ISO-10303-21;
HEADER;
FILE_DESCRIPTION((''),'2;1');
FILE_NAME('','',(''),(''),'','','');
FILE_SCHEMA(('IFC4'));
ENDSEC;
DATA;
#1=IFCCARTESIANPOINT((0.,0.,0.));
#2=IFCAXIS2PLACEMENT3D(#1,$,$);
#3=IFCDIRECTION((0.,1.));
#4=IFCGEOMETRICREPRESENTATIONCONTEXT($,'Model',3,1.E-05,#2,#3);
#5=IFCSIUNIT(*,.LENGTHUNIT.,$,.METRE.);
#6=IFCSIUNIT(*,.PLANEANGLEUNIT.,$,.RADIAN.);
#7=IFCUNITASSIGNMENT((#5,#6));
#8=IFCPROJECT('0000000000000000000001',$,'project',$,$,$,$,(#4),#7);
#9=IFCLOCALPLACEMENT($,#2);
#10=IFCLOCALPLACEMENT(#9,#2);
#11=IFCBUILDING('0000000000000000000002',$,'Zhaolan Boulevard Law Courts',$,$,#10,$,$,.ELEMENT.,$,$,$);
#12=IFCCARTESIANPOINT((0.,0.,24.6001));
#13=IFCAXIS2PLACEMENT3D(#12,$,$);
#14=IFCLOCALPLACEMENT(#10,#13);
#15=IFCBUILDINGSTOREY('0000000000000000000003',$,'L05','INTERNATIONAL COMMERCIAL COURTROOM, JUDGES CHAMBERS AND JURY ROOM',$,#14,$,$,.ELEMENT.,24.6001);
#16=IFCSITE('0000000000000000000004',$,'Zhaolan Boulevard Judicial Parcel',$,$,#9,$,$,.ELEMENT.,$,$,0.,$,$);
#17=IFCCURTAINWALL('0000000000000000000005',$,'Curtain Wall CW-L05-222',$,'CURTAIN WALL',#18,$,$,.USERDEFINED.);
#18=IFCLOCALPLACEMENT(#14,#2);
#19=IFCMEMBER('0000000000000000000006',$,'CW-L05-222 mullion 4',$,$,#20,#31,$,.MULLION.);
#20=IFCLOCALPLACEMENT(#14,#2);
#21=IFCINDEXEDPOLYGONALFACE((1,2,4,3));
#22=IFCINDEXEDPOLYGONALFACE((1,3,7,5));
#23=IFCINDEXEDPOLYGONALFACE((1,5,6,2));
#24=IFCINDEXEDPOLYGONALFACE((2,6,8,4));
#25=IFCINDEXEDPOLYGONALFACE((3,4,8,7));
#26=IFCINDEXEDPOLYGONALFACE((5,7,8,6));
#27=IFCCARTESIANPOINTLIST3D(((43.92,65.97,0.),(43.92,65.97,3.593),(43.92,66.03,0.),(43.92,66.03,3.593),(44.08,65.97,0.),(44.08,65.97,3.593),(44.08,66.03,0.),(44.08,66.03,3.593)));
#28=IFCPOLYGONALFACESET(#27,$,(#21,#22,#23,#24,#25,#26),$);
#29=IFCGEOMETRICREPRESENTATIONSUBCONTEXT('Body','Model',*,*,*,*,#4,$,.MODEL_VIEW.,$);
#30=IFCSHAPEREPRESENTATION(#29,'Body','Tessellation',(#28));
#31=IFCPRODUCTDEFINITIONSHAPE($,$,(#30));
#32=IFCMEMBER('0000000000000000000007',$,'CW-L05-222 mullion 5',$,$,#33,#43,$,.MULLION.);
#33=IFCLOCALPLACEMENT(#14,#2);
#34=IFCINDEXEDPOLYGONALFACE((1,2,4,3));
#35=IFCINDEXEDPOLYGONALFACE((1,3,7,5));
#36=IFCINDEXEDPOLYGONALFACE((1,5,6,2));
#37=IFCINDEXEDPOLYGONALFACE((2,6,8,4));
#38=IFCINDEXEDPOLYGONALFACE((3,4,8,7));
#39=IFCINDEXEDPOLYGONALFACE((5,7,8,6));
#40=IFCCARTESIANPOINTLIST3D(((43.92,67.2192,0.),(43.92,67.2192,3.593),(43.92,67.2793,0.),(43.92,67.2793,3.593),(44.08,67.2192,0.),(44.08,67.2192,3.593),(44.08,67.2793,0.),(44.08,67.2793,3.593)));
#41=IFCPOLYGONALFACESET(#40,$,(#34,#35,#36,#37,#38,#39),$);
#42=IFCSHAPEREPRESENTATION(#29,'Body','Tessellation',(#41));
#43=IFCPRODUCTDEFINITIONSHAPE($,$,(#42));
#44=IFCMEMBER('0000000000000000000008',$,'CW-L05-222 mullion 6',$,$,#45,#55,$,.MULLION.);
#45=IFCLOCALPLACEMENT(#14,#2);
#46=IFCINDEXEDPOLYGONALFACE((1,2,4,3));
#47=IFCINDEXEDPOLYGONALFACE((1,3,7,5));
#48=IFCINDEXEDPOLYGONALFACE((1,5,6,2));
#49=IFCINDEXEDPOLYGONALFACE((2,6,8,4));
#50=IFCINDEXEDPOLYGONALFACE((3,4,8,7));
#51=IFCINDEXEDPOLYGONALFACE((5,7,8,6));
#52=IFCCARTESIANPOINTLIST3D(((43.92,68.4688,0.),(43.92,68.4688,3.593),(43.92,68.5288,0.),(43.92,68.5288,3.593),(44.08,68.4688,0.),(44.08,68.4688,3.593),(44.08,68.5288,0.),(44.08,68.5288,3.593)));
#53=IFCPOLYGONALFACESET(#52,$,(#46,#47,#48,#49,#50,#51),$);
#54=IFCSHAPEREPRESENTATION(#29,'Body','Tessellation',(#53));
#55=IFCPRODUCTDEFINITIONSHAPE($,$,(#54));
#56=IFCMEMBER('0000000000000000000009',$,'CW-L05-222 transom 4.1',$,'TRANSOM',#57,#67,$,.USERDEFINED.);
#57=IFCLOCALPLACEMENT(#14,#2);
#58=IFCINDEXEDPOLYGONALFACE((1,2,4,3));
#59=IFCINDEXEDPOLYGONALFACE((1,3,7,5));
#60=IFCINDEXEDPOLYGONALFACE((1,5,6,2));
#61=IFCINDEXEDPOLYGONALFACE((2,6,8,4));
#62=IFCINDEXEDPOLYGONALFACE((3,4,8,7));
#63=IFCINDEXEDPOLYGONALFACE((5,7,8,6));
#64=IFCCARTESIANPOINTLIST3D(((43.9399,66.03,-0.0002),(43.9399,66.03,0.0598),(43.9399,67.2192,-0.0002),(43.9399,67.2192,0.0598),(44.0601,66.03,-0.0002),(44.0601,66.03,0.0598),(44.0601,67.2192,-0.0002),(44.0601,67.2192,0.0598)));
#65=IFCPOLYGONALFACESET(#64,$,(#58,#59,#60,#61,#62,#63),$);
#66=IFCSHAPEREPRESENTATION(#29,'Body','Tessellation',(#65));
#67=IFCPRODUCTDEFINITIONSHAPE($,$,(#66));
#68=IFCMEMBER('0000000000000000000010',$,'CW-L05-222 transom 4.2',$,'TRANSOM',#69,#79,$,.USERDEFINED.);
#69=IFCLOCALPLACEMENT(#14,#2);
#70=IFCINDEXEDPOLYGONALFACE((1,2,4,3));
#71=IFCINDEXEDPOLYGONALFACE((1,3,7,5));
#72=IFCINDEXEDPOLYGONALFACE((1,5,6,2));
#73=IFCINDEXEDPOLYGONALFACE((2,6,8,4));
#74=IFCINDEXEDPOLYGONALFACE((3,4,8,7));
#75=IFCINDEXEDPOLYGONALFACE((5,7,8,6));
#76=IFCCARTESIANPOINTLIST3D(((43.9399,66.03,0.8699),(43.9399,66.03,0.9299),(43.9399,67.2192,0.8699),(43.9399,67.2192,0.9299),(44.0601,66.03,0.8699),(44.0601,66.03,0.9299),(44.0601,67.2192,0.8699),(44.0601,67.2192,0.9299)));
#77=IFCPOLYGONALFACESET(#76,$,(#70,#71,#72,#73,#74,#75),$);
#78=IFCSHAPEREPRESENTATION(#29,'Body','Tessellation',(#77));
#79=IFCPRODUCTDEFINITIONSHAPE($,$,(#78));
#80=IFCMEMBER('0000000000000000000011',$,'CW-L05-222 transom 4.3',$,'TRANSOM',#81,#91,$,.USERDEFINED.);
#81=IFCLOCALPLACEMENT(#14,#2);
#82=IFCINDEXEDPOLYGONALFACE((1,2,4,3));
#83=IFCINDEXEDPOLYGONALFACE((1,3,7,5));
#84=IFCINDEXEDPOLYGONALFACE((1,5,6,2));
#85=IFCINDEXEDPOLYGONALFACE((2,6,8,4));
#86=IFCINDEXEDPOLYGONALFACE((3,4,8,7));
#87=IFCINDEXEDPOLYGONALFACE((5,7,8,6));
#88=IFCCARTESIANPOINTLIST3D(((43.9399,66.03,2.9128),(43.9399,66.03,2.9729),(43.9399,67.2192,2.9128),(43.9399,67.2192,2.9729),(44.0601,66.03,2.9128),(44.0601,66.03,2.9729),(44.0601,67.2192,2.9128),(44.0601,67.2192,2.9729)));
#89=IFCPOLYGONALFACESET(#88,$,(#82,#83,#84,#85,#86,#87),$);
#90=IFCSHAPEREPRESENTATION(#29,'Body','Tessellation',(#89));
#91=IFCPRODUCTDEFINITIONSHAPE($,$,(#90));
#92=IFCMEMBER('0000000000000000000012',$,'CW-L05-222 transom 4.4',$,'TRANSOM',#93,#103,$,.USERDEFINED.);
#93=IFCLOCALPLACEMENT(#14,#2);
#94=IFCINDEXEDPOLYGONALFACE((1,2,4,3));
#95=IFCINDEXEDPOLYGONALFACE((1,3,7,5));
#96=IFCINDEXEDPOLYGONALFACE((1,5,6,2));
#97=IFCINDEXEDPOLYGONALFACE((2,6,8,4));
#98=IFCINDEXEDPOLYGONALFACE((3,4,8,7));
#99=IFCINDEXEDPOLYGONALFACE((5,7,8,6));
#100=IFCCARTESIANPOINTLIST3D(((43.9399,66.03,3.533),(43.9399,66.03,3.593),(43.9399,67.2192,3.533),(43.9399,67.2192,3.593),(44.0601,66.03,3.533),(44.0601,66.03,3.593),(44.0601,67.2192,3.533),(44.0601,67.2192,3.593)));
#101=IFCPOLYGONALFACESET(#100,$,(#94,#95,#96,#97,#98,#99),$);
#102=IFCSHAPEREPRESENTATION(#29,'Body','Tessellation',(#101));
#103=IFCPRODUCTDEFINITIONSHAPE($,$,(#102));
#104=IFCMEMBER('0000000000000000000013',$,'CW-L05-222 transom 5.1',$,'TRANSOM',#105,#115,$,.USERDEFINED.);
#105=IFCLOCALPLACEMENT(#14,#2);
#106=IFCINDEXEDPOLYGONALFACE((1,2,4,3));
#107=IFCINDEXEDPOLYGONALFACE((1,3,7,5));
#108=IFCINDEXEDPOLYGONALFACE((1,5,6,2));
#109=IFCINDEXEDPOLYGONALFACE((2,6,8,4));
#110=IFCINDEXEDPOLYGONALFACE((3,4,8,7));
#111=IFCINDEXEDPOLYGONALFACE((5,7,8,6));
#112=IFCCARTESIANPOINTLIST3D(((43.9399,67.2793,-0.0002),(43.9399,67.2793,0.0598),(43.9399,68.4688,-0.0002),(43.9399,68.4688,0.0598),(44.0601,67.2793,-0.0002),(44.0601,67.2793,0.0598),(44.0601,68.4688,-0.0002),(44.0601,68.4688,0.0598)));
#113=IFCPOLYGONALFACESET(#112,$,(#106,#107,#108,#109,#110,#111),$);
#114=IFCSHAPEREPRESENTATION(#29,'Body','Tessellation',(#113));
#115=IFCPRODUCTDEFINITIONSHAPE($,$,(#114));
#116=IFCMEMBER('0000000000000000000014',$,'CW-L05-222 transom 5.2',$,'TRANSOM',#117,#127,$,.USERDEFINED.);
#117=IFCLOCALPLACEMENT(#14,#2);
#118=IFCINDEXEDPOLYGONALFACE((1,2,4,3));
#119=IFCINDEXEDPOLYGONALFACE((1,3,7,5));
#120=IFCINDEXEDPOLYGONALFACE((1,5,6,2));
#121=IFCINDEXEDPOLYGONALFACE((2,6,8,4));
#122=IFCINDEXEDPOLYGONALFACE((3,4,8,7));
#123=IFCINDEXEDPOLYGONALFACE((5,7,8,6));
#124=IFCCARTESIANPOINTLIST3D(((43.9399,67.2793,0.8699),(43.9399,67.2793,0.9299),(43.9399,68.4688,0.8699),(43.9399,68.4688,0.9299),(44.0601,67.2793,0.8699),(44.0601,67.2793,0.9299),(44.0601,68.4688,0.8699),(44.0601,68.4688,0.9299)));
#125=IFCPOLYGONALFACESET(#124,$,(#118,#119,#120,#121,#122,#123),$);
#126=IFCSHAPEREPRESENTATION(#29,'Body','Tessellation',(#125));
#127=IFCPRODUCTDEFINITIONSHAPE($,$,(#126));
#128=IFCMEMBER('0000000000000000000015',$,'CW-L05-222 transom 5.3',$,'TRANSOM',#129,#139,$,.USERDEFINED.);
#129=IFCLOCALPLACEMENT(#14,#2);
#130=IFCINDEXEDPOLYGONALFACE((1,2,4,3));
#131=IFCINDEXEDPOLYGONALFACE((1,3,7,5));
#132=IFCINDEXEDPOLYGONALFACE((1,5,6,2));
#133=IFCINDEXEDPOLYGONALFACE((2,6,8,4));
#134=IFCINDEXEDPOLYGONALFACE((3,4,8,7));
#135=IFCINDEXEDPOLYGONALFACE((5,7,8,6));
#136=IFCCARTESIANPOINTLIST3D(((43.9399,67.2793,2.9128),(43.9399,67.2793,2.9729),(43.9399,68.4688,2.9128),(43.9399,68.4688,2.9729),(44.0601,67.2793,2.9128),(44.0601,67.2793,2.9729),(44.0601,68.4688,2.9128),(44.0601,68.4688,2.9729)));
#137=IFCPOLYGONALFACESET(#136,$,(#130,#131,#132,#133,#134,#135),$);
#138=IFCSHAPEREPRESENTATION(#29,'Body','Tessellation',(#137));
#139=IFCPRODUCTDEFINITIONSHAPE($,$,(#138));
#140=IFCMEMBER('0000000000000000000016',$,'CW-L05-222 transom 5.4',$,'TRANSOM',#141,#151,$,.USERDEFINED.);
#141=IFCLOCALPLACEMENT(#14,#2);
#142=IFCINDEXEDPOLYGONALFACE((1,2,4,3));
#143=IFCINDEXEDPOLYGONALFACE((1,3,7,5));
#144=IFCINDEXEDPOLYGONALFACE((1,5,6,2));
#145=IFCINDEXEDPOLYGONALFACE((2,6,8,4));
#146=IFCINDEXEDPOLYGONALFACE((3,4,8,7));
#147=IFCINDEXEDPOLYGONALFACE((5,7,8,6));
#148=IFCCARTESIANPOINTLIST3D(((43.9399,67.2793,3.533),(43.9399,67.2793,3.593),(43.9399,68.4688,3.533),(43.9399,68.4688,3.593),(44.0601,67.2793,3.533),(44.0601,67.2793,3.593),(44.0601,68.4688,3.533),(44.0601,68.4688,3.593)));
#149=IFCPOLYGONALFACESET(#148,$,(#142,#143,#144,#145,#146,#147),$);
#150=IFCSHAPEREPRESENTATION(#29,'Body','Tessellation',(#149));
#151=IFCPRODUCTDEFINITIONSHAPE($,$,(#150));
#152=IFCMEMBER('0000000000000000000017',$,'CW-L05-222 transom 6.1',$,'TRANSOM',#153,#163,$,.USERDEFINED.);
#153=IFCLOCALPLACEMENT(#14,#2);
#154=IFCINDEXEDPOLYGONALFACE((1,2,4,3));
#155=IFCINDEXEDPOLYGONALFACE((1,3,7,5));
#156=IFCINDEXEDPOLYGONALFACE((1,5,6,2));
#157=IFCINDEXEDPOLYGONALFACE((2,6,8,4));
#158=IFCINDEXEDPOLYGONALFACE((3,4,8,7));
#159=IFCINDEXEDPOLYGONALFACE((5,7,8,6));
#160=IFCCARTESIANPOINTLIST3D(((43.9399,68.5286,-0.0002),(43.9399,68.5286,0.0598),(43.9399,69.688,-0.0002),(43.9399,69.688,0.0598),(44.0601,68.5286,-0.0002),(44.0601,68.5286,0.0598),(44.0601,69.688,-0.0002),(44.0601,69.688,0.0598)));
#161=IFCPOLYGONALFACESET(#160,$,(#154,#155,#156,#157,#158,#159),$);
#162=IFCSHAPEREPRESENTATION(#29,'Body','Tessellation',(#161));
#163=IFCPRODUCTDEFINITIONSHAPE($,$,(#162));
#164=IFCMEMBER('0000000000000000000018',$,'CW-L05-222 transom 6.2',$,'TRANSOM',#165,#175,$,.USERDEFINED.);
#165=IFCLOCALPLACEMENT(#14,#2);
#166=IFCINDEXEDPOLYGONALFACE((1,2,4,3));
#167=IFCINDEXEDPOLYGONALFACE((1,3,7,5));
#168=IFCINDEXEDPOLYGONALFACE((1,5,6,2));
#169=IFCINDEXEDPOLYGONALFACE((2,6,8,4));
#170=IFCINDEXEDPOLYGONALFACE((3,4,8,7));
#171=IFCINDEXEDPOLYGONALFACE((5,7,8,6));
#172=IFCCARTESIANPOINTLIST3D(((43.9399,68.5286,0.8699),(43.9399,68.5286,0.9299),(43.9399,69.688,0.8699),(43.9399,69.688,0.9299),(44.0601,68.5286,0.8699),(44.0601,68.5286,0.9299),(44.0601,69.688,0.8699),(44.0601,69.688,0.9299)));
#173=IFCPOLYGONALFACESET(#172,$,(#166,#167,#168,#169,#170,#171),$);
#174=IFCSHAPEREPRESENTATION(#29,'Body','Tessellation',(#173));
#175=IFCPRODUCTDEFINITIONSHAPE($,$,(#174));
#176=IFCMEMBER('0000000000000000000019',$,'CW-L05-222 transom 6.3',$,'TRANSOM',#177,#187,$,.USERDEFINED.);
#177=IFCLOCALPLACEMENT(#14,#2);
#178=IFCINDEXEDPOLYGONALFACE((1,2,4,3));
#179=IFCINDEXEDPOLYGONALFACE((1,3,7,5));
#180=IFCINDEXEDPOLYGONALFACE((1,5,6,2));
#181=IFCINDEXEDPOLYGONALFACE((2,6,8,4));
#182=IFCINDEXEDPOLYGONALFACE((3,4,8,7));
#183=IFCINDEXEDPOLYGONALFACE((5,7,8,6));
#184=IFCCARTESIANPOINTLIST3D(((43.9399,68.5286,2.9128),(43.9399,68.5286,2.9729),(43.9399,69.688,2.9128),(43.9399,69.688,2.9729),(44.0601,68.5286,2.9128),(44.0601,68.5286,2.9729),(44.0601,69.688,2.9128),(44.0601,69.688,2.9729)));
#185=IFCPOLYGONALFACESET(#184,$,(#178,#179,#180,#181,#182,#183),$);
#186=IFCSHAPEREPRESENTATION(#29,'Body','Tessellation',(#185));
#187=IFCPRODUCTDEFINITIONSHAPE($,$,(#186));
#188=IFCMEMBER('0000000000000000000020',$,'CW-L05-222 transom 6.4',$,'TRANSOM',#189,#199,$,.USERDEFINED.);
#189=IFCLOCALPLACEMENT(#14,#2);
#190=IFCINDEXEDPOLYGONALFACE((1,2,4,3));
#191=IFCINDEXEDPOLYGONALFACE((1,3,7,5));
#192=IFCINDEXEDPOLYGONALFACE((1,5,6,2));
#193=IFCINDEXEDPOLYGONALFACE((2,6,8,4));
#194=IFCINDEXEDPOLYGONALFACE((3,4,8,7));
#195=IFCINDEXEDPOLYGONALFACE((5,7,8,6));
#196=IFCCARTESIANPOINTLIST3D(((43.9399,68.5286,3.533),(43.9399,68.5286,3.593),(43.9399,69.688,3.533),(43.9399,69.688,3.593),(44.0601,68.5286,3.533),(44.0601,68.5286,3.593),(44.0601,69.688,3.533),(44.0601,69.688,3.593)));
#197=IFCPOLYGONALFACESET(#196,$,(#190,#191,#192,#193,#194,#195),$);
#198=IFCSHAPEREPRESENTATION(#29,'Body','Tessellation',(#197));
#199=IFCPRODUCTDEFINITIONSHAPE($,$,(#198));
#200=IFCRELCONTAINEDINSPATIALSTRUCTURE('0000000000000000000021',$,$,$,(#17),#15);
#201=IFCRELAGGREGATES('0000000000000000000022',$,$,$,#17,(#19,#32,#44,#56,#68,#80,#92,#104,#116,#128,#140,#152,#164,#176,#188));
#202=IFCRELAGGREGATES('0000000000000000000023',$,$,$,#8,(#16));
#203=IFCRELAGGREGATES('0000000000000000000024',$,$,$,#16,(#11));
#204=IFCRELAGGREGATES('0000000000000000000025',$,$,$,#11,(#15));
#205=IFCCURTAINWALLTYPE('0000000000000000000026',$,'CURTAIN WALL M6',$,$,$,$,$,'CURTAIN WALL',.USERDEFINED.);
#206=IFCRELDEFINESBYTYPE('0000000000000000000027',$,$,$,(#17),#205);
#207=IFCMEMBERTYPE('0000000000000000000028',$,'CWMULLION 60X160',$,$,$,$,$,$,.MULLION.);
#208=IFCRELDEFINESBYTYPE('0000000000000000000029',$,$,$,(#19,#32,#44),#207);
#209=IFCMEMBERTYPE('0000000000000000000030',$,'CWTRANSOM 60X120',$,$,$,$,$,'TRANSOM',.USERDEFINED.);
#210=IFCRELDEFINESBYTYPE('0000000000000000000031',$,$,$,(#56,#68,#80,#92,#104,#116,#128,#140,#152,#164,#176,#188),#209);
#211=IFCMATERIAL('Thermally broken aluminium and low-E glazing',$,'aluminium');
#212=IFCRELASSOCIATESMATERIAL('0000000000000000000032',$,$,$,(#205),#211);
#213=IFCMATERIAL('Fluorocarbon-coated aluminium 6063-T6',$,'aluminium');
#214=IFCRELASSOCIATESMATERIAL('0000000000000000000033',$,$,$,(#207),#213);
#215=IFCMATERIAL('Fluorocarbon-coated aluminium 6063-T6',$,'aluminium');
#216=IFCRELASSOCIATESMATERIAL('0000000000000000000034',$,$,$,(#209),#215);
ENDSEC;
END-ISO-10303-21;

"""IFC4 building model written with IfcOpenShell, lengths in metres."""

from ifc_helpers import new_model, si_unit, direction, frame, origin, origin_2d, place, context, subcontext, project, spatial, rectangle, extrude, material, material_profile, profile_set, type_object, element, aggregate, save


model = new_model("IFC4")

# Units and contexts
model_context = context("Model", 3, precision=1e-05, world=origin(), true_north=direction((0.0, 1.0)))
body_context = subcontext(model_context, "Body", "Model", "MODEL_VIEW")
ifc_project = project(units=[si_unit("LENGTHUNIT", "METRE"), si_unit("PLANEANGLEUNIT", "RADIAN")], contexts=[model_context])

# Site, building, storey
site_placement = place(None, origin())
site = spatial("IfcSite", under=ifc_project, at=site_placement, Name="Zhaolan Boulevard Judicial Parcel", CompositionType="ELEMENT", RefElevation=0.0)
building_placement = place(site_placement, origin())
building = spatial("IfcBuilding", under=site, at=building_placement, Name="Zhaolan Boulevard Law Courts", CompositionType="ELEMENT")
storey_placement = place(building_placement, frame((0.0, 0.0, 24.6001)))
storey = spatial("IfcBuildingStorey", under=building, at=storey_placement, Name="L05", Description="INTERNATIONAL COMMERCIAL COURTROOM, JUDGES CHAMBERS AND JURY ROOM", CompositionType="ELEMENT", Elevation=24.6001)

# Curtain wall, members
ifc_material_1 = material(Name="Thermally broken aluminium and low-E glazing", Category="aluminium")
curtain_wall_type = type_object("IfcCurtainWallType", Name="CURTAIN WALL M6", ElementType="CURTAIN WALL", PredefinedType="USERDEFINED", material=ifc_material_1)
curtain_wall_placement = place(storey_placement, origin())
curtain_wall = element("IfcCurtainWall", 1, at=curtain_wall_placement, inside=storey, type_object=curtain_wall_type, Name="Curtain Wall CW-L05-222", ObjectType="CURTAIN WALL", PredefinedType="USERDEFINED")
ifc_material_2 = material(Name="Fluorocarbon-coated aluminium 6063-T6", Category="aluminium")
ifc_material_profile_1 = material_profile(ifc_material_2, rectangle(XDim=0.1599, YDim=0.0601, at=origin_2d()), Name="AL60x160")
ifc_profile_set_1 = profile_set([ifc_material_profile_1], Name="Fluorocarbon-coated aluminium 6063-T6")
member_type_1 = type_object("IfcMemberType", Name="CWMULLION 60X160", PredefinedType="MULLION", material=ifc_profile_set_1)
member_1_placement = place(storey_placement, frame((44.0, 66.0, 0.0), z_axis=(0.0, 0.0, 1.0), x_axis=(-1.0, 0.0, 0.0)))
member_1 = element("IfcMember", 2, at=member_1_placement, type_object=member_type_1, Name="CW-L05-222 mullion 4", PredefinedType="MULLION", context=body_context, shape_type="SweptSolid", body=[
    extrude(rectangle(XDim=0.1599, YDim=0.0601, at=origin_2d()), origin(), (0.0, 0.0, 1.0), 3.593),
])
member_2_placement = place(storey_placement, frame((44.0, 67.2493, 0.0), z_axis=(0.0, 0.0, 1.0), x_axis=(-1.0, 0.0, 0.0)))
member_2 = element("IfcMember", 3, at=member_2_placement, type_object=member_type_1, Name="CW-L05-222 mullion 5", PredefinedType="MULLION", context=body_context, shape_type="SweptSolid", body=[
    extrude(rectangle(XDim=0.1599, YDim=0.0601, at=origin_2d()), origin(), (0.0, 0.0, 1.0), 3.593),
])
member_3_placement = place(storey_placement, frame((44.0, 68.4988, 0.0), z_axis=(0.0, 0.0, 1.0), x_axis=(-1.0, 0.0, 0.0)))
member_3 = element("IfcMember", 4, at=member_3_placement, type_object=member_type_1, Name="CW-L05-222 mullion 6", PredefinedType="MULLION", context=body_context, shape_type="SweptSolid", body=[
    extrude(rectangle(XDim=0.1599, YDim=0.0601, at=origin_2d()), origin(), (0.0, 0.0, 1.0), 3.593),
])
ifc_material_3 = material(Name="Fluorocarbon-coated aluminium 6063-T6", Category="aluminium")
ifc_material_profile_2 = material_profile(ifc_material_3, rectangle(XDim=0.1201, YDim=0.0601, at=origin_2d()), Name="AL60x120")
ifc_profile_set_2 = profile_set([ifc_material_profile_2], Name="Fluorocarbon-coated aluminium 6063-T6")
member_type_2 = type_object("IfcMemberType", Name="CWTRANSOM 60X120", ElementType="TRANSOM", PredefinedType="USERDEFINED", material=ifc_profile_set_2)
member_4_placement = place(storey_placement, frame((44.0, 66.03, 0.0298), z_axis=(0.0, 1.0, 0.0), x_axis=(-1.0, 0.0, 0.0)))
member_4 = element("IfcMember", 5, at=member_4_placement, type_object=member_type_2, Name="CW-L05-222 transom 4.1", ObjectType="TRANSOM", PredefinedType="USERDEFINED", context=body_context, shape_type="SweptSolid", body=[
    extrude(rectangle(XDim=0.1201, YDim=0.0601, at=origin_2d()), origin(), (0.0, 0.0, 1.0), 1.1892),
])
member_5_placement = place(storey_placement, frame((44.0, 66.03, 0.8999), z_axis=(0.0, 1.0, 0.0), x_axis=(-1.0, 0.0, 0.0)))
member_5 = element("IfcMember", 6, at=member_5_placement, type_object=member_type_2, Name="CW-L05-222 transom 4.2", ObjectType="TRANSOM", PredefinedType="USERDEFINED", context=body_context, shape_type="SweptSolid", body=[
    extrude(rectangle(XDim=0.1201, YDim=0.0601, at=origin_2d()), origin(), (0.0, 0.0, 1.0), 1.1892),
])
member_6_placement = place(storey_placement, frame((44.0, 66.03, 2.9429), z_axis=(0.0, 1.0, 0.0), x_axis=(-1.0, 0.0, 0.0)))
member_6 = element("IfcMember", 7, at=member_6_placement, type_object=member_type_2, Name="CW-L05-222 transom 4.3", ObjectType="TRANSOM", PredefinedType="USERDEFINED", context=body_context, shape_type="SweptSolid", body=[
    extrude(rectangle(XDim=0.1201, YDim=0.0601, at=origin_2d()), origin(), (0.0, 0.0, 1.0), 1.1892),
])
member_7_placement = place(storey_placement, frame((44.0, 66.03, 3.563), z_axis=(0.0, 1.0, 0.0), x_axis=(-1.0, 0.0, 0.0)))
member_7 = element("IfcMember", 8, at=member_7_placement, type_object=member_type_2, Name="CW-L05-222 transom 4.4", ObjectType="TRANSOM", PredefinedType="USERDEFINED", context=body_context, shape_type="SweptSolid", body=[
    extrude(rectangle(XDim=0.1201, YDim=0.0601, at=origin_2d()), origin(), (0.0, 0.0, 1.0), 1.1892),
])
member_8_placement = place(storey_placement, frame((44.0, 67.2793, 0.0298), z_axis=(0.0, 1.0, 0.0), x_axis=(-1.0, 0.0, 0.0)))
member_8 = element("IfcMember", 9, at=member_8_placement, type_object=member_type_2, Name="CW-L05-222 transom 5.1", ObjectType="TRANSOM", PredefinedType="USERDEFINED", context=body_context, shape_type="SweptSolid", body=[
    extrude(rectangle(XDim=0.1201, YDim=0.0601, at=origin_2d()), origin(), (0.0, 0.0, 1.0), 1.1895),
])
member_9_placement = place(storey_placement, frame((44.0, 67.2793, 0.8999), z_axis=(0.0, 1.0, 0.0), x_axis=(-1.0, 0.0, 0.0)))
member_9 = element("IfcMember", 10, at=member_9_placement, type_object=member_type_2, Name="CW-L05-222 transom 5.2", ObjectType="TRANSOM", PredefinedType="USERDEFINED", context=body_context, shape_type="SweptSolid", body=[
    extrude(rectangle(XDim=0.1201, YDim=0.0601, at=origin_2d()), origin(), (0.0, 0.0, 1.0), 1.1895),
])
member_10_placement = place(storey_placement, frame((44.0, 67.2793, 2.9429), z_axis=(0.0, 1.0, 0.0), x_axis=(-1.0, 0.0, 0.0)))
member_10 = element("IfcMember", 11, at=member_10_placement, type_object=member_type_2, Name="CW-L05-222 transom 5.3", ObjectType="TRANSOM", PredefinedType="USERDEFINED", context=body_context, shape_type="SweptSolid", body=[
    extrude(rectangle(XDim=0.1201, YDim=0.0601, at=origin_2d()), origin(), (0.0, 0.0, 1.0), 1.1895),
])
member_11_placement = place(storey_placement, frame((44.0, 67.2793, 3.563), z_axis=(0.0, 1.0, 0.0), x_axis=(-1.0, 0.0, 0.0)))
member_11 = element("IfcMember", 12, at=member_11_placement, type_object=member_type_2, Name="CW-L05-222 transom 5.4", ObjectType="TRANSOM", PredefinedType="USERDEFINED", context=body_context, shape_type="SweptSolid", body=[
    extrude(rectangle(XDim=0.1201, YDim=0.0601, at=origin_2d()), origin(), (0.0, 0.0, 1.0), 1.1895),
])
member_12_placement = place(storey_placement, frame((44.0, 68.5286, 0.0298), z_axis=(0.0, 1.0, 0.0), x_axis=(-1.0, 0.0, 0.0)))
member_12 = element("IfcMember", 13, at=member_12_placement, type_object=member_type_2, Name="CW-L05-222 transom 6.1", ObjectType="TRANSOM", PredefinedType="USERDEFINED", context=body_context, shape_type="SweptSolid", body=[
    extrude(rectangle(XDim=0.1201, YDim=0.0601, at=origin_2d()), origin(), (0.0, 0.0, 1.0), 1.1594),
])
member_13_placement = place(storey_placement, frame((44.0, 68.5286, 0.8999), z_axis=(0.0, 1.0, 0.0), x_axis=(-1.0, 0.0, 0.0)))
member_13 = element("IfcMember", 14, at=member_13_placement, type_object=member_type_2, Name="CW-L05-222 transom 6.2", ObjectType="TRANSOM", PredefinedType="USERDEFINED", context=body_context, shape_type="SweptSolid", body=[
    extrude(rectangle(XDim=0.1201, YDim=0.0601, at=origin_2d()), origin(), (0.0, 0.0, 1.0), 1.1594),
])
member_14_placement = place(storey_placement, frame((44.0, 68.5286, 2.9429), z_axis=(0.0, 1.0, 0.0), x_axis=(-1.0, 0.0, 0.0)))
member_14 = element("IfcMember", 15, at=member_14_placement, type_object=member_type_2, Name="CW-L05-222 transom 6.3", ObjectType="TRANSOM", PredefinedType="USERDEFINED", context=body_context, shape_type="SweptSolid", body=[
    extrude(rectangle(XDim=0.1201, YDim=0.0601, at=origin_2d()), origin(), (0.0, 0.0, 1.0), 1.1594),
])
member_15_placement = place(storey_placement, frame((44.0, 68.5286, 3.563), z_axis=(0.0, 1.0, 0.0), x_axis=(-1.0, 0.0, 0.0)))
member_15 = element("IfcMember", 16, at=member_15_placement, type_object=member_type_2, Name="CW-L05-222 transom 6.4", ObjectType="TRANSOM", PredefinedType="USERDEFINED", context=body_context, shape_type="SweptSolid", body=[
    extrude(rectangle(XDim=0.1201, YDim=0.0601, at=origin_2d()), origin(), (0.0, 0.0, 1.0), 1.1594),
])
aggregate(curtain_wall, [member_1, member_2, member_3, member_4, member_5, member_6, member_7, member_8, member_9, member_10, member_11, member_12, member_13, member_14, member_15])

save(model, "model.ifc")
